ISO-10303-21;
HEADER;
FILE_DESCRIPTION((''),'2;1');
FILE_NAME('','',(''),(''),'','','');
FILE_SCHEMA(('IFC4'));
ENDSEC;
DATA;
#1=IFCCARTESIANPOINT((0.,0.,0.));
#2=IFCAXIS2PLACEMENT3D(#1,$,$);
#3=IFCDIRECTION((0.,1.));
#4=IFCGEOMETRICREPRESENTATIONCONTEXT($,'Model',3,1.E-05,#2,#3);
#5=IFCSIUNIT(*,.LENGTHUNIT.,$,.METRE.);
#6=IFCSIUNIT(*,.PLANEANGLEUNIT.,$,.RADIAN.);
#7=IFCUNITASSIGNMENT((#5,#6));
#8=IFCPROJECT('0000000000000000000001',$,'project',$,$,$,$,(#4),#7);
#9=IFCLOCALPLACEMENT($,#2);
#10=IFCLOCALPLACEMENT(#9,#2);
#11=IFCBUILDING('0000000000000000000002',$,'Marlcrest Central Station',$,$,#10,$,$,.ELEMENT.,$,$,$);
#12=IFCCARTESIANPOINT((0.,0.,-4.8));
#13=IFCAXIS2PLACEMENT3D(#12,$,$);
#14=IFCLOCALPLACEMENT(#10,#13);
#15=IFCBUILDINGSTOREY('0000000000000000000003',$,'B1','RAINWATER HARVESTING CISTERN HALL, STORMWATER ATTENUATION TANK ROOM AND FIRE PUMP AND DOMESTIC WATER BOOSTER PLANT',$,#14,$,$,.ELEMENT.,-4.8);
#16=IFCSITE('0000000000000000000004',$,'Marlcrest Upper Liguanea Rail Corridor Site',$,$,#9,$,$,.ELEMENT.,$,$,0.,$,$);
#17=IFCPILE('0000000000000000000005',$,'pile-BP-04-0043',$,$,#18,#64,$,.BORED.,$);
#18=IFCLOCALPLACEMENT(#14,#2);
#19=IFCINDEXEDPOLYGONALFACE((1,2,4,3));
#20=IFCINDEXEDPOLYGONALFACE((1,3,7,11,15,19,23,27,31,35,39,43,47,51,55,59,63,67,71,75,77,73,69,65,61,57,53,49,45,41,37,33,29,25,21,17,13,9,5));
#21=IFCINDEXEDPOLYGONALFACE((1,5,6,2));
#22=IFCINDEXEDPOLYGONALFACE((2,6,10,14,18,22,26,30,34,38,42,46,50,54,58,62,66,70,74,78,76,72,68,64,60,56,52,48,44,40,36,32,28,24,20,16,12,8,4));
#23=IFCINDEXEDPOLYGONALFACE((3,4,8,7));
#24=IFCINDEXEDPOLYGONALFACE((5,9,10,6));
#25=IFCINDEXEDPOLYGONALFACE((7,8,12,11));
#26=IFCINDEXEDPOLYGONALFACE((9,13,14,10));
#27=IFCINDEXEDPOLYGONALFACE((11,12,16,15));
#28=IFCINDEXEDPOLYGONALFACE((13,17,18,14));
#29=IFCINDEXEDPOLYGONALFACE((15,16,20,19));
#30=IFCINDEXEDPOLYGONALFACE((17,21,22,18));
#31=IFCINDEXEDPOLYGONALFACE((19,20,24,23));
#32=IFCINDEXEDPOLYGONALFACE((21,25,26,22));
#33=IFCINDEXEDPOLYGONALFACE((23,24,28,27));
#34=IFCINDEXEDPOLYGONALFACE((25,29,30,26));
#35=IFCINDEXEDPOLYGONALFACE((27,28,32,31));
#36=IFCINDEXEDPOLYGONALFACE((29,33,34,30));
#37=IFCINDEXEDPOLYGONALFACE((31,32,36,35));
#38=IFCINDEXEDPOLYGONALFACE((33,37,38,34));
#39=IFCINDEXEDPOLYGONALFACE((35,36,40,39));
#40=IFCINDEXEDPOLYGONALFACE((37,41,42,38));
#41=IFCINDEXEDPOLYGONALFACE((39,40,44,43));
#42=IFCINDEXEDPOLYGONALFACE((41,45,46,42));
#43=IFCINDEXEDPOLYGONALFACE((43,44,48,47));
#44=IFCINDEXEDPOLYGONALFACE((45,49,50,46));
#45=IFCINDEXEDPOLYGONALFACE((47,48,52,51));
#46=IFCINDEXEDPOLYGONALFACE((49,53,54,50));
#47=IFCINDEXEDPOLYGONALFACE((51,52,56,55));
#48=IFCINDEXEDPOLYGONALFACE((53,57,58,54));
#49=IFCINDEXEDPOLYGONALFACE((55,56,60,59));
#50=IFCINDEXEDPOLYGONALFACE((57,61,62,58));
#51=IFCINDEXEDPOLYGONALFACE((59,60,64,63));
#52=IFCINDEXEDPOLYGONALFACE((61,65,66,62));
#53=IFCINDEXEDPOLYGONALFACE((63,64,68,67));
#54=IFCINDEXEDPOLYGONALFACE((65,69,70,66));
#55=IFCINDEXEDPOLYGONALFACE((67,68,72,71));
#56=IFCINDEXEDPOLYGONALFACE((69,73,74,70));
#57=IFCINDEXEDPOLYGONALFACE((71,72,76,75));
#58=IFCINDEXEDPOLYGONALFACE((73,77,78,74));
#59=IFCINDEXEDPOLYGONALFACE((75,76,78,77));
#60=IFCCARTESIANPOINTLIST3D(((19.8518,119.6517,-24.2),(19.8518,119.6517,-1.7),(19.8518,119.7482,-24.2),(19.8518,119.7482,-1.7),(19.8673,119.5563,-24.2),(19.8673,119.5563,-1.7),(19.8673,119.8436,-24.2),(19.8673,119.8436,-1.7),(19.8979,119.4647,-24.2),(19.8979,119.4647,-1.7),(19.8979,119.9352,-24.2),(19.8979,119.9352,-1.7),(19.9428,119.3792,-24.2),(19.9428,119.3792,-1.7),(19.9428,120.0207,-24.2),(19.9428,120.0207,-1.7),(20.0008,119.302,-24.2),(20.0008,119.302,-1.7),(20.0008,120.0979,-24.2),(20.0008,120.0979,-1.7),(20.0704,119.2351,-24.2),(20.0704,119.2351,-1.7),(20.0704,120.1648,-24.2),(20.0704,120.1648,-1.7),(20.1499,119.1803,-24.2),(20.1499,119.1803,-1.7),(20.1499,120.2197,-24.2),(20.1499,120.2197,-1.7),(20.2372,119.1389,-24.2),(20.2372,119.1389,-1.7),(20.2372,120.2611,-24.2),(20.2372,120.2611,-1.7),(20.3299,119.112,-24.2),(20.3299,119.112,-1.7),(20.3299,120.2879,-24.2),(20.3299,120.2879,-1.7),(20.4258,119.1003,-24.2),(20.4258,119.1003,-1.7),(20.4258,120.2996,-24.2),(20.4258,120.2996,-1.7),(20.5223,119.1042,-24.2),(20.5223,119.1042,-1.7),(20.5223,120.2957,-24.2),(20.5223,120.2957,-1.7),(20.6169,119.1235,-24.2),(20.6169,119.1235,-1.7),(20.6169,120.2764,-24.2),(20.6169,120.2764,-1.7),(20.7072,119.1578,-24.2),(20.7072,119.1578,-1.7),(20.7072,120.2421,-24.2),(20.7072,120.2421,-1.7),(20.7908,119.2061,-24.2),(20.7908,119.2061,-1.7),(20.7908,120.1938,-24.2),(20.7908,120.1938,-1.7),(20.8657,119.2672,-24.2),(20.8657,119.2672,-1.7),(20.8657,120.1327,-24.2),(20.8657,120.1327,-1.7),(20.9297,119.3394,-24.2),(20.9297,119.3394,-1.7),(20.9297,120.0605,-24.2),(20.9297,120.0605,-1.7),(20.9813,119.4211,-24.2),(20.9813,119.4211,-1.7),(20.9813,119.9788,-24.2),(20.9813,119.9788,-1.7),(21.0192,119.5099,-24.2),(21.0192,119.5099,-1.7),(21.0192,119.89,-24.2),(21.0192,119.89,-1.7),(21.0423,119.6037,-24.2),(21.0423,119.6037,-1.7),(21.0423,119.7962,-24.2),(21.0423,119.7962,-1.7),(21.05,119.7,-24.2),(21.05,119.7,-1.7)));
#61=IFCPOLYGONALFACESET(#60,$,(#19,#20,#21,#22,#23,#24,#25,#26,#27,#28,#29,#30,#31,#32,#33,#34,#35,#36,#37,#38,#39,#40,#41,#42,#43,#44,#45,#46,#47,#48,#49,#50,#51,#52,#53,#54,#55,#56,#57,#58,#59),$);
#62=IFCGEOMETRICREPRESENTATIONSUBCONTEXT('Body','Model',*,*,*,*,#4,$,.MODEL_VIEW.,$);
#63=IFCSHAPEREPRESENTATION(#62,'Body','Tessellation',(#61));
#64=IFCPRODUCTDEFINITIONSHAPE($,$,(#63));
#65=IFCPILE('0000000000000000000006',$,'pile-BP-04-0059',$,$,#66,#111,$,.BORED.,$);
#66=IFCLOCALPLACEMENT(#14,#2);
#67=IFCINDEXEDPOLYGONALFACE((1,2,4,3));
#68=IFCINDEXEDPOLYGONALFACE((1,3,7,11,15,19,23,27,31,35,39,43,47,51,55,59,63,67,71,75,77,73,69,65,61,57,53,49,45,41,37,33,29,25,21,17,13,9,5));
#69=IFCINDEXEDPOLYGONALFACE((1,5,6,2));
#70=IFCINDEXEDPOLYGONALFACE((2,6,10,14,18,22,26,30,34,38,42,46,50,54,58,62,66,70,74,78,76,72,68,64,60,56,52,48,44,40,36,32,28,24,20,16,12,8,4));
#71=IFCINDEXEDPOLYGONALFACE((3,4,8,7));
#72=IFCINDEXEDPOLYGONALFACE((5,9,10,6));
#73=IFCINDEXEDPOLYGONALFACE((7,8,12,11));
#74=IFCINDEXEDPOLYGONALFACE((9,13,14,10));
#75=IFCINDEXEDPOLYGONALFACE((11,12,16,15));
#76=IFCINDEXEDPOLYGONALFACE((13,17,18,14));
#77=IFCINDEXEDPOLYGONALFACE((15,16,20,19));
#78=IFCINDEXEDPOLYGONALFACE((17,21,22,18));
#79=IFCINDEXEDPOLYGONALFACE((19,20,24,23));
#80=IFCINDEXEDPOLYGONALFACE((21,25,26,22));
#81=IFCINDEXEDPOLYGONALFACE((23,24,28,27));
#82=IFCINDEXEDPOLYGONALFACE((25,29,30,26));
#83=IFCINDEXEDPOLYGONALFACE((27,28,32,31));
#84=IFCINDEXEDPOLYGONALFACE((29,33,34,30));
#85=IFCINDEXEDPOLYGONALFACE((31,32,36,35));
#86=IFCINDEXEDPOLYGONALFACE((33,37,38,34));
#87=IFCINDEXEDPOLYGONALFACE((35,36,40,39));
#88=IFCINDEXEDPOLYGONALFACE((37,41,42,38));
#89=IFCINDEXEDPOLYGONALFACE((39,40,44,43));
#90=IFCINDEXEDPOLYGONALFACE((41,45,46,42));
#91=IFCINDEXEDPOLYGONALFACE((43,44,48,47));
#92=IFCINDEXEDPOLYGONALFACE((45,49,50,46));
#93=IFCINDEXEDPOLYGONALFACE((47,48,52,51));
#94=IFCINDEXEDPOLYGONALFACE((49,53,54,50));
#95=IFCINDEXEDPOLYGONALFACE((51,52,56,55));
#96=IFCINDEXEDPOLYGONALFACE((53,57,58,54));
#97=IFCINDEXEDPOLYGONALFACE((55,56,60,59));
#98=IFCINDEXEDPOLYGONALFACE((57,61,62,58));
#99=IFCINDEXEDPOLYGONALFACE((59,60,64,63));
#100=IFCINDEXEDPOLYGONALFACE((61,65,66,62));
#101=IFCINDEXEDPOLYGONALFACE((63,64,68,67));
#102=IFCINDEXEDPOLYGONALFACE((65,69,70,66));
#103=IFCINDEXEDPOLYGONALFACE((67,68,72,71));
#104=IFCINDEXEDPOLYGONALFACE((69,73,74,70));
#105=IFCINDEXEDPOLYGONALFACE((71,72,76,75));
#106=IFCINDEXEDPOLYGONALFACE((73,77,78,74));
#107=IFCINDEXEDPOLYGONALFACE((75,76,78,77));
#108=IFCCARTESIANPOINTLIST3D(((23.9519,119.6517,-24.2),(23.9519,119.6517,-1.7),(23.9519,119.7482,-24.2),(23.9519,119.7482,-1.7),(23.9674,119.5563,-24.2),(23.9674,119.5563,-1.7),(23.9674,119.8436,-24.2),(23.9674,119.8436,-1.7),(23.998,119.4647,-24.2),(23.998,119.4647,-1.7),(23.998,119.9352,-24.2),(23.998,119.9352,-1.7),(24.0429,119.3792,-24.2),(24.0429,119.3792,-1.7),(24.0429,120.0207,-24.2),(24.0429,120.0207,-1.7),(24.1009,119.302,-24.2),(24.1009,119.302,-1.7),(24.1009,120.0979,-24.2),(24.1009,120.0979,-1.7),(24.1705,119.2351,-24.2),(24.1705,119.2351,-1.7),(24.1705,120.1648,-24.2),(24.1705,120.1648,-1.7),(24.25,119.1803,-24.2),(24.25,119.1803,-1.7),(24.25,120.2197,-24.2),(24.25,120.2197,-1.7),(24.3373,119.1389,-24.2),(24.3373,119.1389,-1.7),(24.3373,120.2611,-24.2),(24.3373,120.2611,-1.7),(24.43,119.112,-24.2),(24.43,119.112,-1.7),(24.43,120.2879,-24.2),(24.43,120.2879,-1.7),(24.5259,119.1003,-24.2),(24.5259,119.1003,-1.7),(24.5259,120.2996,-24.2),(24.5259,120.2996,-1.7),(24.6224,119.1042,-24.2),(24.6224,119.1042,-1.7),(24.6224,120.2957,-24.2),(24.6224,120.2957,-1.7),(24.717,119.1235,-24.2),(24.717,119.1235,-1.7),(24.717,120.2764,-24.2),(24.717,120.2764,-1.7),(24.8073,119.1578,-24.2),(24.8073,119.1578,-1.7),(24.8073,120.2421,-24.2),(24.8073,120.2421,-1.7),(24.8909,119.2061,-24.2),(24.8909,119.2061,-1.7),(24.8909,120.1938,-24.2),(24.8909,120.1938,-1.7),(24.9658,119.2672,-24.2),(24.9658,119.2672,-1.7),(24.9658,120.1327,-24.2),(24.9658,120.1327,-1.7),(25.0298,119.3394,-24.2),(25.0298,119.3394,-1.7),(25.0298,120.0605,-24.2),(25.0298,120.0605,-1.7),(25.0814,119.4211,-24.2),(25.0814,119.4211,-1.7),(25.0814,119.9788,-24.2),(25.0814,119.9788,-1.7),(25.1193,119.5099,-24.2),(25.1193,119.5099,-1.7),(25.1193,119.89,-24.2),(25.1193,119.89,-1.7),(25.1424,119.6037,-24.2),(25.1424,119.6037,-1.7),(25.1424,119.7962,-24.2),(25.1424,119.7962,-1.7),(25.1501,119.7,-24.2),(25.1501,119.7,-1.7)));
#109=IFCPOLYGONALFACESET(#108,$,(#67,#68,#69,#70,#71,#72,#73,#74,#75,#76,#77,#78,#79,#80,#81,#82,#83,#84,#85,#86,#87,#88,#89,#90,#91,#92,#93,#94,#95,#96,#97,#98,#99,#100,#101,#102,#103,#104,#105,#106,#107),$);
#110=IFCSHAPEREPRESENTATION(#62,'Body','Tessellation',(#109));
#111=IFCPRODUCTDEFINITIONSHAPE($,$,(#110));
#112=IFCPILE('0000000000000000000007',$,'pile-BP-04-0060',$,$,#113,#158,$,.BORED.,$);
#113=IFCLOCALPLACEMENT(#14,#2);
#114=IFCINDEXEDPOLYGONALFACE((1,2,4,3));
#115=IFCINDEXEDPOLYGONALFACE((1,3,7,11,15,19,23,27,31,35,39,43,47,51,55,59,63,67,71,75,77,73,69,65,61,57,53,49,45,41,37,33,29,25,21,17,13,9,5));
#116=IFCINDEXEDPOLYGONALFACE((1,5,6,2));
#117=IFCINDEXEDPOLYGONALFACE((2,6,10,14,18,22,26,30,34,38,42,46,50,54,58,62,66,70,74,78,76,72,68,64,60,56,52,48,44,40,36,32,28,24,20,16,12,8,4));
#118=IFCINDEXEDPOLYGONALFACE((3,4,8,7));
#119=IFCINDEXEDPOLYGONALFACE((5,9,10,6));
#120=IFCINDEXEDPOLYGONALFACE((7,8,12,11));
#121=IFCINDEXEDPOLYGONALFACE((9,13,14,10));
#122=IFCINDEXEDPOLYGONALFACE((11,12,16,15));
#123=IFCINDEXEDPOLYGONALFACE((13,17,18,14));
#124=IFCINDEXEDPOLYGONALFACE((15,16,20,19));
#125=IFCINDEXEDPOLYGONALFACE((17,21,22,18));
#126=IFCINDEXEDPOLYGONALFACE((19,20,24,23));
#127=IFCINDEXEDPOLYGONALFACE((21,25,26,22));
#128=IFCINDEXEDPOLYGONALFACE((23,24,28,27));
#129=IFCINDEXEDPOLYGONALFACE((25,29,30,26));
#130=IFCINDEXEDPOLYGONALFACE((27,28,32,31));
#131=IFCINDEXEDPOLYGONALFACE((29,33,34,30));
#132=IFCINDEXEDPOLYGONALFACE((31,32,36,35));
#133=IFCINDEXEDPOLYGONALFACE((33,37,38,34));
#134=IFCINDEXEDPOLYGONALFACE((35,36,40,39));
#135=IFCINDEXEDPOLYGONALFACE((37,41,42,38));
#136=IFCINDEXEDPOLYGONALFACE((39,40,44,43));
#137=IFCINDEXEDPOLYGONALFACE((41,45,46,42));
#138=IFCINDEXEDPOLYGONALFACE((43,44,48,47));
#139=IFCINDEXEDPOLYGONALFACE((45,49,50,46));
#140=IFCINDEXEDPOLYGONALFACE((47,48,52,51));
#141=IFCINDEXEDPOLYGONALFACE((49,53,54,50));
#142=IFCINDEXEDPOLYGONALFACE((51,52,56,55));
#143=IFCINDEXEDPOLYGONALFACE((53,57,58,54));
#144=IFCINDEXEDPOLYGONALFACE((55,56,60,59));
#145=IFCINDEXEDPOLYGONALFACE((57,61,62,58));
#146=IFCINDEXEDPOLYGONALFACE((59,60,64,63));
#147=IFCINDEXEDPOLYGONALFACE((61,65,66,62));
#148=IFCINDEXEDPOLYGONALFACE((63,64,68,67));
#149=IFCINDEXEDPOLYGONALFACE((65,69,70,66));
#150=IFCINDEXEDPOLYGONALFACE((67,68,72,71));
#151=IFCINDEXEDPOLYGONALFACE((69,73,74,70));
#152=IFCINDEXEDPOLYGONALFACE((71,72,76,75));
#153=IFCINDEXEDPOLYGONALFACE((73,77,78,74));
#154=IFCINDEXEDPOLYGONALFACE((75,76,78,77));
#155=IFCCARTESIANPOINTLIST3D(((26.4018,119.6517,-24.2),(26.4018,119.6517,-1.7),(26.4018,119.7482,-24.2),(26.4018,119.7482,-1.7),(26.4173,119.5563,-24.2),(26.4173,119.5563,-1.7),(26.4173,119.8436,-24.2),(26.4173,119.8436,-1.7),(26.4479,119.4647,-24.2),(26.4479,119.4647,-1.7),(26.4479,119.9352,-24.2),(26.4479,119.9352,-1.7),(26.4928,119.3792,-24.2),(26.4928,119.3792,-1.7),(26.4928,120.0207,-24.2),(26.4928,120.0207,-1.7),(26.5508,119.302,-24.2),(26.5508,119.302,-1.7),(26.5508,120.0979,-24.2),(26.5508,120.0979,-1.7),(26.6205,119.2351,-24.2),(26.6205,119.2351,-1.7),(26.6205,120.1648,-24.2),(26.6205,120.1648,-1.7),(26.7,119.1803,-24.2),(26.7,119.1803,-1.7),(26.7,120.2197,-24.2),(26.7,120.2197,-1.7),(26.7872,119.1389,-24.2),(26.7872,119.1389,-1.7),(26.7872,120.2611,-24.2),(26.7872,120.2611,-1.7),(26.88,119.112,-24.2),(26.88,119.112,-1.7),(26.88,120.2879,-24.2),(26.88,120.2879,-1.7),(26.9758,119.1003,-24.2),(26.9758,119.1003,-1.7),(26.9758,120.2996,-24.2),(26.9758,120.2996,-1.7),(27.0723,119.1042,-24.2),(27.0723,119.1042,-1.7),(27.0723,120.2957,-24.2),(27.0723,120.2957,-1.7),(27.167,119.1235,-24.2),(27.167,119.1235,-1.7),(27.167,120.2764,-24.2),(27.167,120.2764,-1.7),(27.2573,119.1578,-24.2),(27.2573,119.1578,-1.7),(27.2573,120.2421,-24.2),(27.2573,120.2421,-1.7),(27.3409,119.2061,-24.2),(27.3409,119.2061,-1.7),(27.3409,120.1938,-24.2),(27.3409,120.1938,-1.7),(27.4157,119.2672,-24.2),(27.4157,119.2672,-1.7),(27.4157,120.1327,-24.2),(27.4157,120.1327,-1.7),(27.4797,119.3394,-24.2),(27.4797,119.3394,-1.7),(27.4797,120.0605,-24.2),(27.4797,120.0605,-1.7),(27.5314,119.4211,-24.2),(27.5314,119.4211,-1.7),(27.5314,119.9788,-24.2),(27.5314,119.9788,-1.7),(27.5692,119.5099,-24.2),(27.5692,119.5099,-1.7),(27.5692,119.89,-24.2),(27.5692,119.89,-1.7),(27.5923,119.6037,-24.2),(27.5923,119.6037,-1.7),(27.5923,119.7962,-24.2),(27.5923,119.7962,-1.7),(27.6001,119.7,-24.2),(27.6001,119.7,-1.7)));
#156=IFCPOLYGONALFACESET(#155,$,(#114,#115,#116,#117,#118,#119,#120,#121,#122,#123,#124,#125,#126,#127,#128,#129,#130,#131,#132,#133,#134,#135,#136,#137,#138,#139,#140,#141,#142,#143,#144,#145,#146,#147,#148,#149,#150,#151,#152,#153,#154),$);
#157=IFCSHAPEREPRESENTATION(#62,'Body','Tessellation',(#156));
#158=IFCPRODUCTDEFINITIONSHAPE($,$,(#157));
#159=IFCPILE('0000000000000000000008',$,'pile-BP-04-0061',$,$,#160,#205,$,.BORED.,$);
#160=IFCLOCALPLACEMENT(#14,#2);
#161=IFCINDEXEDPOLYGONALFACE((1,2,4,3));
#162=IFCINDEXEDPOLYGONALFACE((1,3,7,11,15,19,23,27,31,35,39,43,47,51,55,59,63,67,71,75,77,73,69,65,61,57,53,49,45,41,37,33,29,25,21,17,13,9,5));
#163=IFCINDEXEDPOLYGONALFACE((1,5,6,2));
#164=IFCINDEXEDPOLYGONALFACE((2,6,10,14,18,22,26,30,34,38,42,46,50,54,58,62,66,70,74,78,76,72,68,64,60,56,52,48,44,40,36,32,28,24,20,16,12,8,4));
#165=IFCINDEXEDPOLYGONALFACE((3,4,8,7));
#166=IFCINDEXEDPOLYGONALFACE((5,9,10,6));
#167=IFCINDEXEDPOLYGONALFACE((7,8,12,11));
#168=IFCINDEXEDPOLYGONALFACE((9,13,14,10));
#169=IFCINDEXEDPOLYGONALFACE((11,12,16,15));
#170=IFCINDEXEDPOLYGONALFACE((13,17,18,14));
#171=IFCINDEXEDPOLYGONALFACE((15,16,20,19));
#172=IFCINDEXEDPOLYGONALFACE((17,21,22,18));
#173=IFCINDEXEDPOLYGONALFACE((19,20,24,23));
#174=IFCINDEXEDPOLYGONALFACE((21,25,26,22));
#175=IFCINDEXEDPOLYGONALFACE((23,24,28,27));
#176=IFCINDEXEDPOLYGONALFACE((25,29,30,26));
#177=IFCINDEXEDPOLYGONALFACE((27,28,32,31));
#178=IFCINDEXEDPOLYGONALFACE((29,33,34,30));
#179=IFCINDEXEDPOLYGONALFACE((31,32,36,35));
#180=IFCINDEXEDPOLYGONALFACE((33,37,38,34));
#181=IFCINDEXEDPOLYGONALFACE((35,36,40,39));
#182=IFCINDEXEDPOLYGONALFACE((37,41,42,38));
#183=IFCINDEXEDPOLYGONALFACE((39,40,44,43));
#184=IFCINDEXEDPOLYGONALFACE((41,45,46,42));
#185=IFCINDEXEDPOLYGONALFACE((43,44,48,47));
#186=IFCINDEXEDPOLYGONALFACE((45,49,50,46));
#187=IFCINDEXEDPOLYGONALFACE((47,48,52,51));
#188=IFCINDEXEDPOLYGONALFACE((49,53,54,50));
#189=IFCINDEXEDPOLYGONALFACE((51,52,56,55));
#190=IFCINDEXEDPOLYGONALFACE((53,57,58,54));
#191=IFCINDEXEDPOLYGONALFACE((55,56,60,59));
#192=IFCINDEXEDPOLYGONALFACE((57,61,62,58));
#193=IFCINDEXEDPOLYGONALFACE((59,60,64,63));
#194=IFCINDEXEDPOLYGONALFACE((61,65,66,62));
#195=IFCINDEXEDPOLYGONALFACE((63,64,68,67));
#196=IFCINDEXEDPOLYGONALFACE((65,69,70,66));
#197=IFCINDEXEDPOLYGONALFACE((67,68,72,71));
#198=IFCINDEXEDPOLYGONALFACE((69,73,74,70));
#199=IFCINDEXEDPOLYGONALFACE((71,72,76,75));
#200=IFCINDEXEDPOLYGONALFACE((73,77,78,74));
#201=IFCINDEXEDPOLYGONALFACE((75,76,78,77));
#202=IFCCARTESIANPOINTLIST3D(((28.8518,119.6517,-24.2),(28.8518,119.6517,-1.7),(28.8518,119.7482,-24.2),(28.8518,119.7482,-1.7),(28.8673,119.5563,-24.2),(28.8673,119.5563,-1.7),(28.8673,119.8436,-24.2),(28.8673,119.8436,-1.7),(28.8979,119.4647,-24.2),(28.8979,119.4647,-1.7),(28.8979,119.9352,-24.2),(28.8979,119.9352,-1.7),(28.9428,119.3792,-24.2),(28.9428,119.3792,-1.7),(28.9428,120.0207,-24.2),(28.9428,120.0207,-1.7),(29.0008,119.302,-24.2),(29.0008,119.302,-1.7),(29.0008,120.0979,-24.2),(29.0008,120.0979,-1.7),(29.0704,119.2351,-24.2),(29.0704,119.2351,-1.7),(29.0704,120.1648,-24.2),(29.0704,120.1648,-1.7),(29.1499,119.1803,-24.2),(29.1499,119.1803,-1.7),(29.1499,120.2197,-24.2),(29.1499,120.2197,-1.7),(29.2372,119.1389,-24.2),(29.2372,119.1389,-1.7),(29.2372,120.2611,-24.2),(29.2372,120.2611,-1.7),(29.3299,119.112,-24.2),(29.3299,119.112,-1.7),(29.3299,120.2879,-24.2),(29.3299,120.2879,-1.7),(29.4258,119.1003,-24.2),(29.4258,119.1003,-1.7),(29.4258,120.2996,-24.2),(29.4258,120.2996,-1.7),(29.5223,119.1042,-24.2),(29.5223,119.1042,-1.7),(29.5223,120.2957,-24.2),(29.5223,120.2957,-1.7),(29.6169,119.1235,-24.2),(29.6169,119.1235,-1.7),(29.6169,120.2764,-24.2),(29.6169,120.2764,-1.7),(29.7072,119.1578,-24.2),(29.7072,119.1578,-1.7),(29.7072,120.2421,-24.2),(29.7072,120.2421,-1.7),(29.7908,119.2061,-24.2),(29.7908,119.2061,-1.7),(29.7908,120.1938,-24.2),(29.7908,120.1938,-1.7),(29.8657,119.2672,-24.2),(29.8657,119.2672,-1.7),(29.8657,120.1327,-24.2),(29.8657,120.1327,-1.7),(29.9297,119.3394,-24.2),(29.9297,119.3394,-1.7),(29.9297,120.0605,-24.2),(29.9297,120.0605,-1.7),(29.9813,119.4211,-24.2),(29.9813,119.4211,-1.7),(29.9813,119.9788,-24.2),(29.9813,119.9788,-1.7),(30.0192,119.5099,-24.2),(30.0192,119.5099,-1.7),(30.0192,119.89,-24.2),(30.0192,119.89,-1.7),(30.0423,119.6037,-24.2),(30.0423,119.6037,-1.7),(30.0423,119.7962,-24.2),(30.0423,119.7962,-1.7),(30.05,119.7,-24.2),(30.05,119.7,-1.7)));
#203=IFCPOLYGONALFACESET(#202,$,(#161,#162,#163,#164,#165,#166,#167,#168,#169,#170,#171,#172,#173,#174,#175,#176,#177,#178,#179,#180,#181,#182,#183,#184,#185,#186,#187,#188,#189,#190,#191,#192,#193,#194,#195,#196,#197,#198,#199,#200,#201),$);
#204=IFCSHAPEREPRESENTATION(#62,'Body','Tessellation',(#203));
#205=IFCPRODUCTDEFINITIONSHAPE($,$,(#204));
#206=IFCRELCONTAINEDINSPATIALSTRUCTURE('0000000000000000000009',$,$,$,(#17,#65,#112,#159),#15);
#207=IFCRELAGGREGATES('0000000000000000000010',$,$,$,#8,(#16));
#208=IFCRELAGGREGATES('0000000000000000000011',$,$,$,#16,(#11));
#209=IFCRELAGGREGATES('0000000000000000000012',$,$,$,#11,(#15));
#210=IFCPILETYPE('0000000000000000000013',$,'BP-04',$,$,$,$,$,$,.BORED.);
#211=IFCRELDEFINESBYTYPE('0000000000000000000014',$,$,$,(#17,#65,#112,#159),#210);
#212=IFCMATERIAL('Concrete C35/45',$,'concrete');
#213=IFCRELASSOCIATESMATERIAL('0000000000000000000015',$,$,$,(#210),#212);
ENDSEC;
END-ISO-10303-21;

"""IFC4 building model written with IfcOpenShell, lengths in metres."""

from ifc_helpers import new_model, si_unit, direction, frame, origin, origin_2d, place, context, subcontext, project, spatial, circle, extrude, material, material_profile, profile_set, type_object, element, save


model = new_model("IFC4")

# Units and contexts
model_context = context("Model", 3, precision=1e-05, world=origin(), true_north=direction((0.0, 1.0)))
body_context = subcontext(model_context, "Body", "Model", "MODEL_VIEW")
ifc_project = project(units=[si_unit("LENGTHUNIT", "METRE"), si_unit("PLANEANGLEUNIT", "RADIAN")], contexts=[model_context])

# Site, building, storey
site_placement = place(None, origin())
site = spatial("IfcSite", under=ifc_project, at=site_placement, Name="Marlcrest Upper Liguanea Rail Corridor Site", CompositionType="ELEMENT", RefElevation=0.0)
building_placement = place(site_placement, origin())
building = spatial("IfcBuilding", under=site, at=building_placement, Name="Marlcrest Central Station", CompositionType="ELEMENT")
storey_placement = place(building_placement, frame((0.0, 0.0, -4.8)))
storey = spatial("IfcBuildingStorey", under=building, at=storey_placement, Name="B1", Description="RAINWATER HARVESTING CISTERN HALL, STORMWATER ATTENUATION TANK ROOM AND FIRE PUMP AND DOMESTIC WATER BOOSTER PLANT", CompositionType="ELEMENT", Elevation=-4.8)

# Piles
ifc_material_1 = material(Name="Concrete C35/45", Category="concrete")
ifc_material_profile_1 = material_profile(ifc_material_1, circle(Radius=0.6001, at=origin_2d()), Name="PILE D1200")
ifc_profile_set_1 = profile_set([ifc_material_profile_1], Name="Concrete C35/45")
pile_type = type_object("IfcPileType", Name="BP-04", PredefinedType="BORED", material=ifc_profile_set_1)
for number, where, z_axis, x_axis, name in (
    (1, (20.45, 119.7, -1.7), (0.0, 0.0, -1.0), (1.0, 0.0, 0.0), "pile-BP-04-0043"),
    (2, (24.55, 119.7, -1.7), (0.0, 0.0, -1.0), (1.0, 0.0, 0.0), "pile-BP-04-0059"),
    (3, (27.0, 119.7, -1.7), (0.0, 0.0, -1.0), (1.0, 0.0, 0.0), "pile-BP-04-0060"),
    (4, (29.45, 119.7, -1.7), (0.0, 0.0, -1.0), (1.0, 0.0, 0.0), "pile-BP-04-0061"),
):
    element("IfcPile", number, at=place(storey_placement, frame(where, z_axis=z_axis, x_axis=x_axis)), inside=storey, type_object=pile_type, Name=name, PredefinedType="BORED", context=body_context, shape_type="SweptSolid", body=[
        extrude(circle(Radius=0.6001, at=origin_2d()), origin(), (0.0, 0.0, 1.0), 22.5),
    ])

save(model, "model.ifc")
